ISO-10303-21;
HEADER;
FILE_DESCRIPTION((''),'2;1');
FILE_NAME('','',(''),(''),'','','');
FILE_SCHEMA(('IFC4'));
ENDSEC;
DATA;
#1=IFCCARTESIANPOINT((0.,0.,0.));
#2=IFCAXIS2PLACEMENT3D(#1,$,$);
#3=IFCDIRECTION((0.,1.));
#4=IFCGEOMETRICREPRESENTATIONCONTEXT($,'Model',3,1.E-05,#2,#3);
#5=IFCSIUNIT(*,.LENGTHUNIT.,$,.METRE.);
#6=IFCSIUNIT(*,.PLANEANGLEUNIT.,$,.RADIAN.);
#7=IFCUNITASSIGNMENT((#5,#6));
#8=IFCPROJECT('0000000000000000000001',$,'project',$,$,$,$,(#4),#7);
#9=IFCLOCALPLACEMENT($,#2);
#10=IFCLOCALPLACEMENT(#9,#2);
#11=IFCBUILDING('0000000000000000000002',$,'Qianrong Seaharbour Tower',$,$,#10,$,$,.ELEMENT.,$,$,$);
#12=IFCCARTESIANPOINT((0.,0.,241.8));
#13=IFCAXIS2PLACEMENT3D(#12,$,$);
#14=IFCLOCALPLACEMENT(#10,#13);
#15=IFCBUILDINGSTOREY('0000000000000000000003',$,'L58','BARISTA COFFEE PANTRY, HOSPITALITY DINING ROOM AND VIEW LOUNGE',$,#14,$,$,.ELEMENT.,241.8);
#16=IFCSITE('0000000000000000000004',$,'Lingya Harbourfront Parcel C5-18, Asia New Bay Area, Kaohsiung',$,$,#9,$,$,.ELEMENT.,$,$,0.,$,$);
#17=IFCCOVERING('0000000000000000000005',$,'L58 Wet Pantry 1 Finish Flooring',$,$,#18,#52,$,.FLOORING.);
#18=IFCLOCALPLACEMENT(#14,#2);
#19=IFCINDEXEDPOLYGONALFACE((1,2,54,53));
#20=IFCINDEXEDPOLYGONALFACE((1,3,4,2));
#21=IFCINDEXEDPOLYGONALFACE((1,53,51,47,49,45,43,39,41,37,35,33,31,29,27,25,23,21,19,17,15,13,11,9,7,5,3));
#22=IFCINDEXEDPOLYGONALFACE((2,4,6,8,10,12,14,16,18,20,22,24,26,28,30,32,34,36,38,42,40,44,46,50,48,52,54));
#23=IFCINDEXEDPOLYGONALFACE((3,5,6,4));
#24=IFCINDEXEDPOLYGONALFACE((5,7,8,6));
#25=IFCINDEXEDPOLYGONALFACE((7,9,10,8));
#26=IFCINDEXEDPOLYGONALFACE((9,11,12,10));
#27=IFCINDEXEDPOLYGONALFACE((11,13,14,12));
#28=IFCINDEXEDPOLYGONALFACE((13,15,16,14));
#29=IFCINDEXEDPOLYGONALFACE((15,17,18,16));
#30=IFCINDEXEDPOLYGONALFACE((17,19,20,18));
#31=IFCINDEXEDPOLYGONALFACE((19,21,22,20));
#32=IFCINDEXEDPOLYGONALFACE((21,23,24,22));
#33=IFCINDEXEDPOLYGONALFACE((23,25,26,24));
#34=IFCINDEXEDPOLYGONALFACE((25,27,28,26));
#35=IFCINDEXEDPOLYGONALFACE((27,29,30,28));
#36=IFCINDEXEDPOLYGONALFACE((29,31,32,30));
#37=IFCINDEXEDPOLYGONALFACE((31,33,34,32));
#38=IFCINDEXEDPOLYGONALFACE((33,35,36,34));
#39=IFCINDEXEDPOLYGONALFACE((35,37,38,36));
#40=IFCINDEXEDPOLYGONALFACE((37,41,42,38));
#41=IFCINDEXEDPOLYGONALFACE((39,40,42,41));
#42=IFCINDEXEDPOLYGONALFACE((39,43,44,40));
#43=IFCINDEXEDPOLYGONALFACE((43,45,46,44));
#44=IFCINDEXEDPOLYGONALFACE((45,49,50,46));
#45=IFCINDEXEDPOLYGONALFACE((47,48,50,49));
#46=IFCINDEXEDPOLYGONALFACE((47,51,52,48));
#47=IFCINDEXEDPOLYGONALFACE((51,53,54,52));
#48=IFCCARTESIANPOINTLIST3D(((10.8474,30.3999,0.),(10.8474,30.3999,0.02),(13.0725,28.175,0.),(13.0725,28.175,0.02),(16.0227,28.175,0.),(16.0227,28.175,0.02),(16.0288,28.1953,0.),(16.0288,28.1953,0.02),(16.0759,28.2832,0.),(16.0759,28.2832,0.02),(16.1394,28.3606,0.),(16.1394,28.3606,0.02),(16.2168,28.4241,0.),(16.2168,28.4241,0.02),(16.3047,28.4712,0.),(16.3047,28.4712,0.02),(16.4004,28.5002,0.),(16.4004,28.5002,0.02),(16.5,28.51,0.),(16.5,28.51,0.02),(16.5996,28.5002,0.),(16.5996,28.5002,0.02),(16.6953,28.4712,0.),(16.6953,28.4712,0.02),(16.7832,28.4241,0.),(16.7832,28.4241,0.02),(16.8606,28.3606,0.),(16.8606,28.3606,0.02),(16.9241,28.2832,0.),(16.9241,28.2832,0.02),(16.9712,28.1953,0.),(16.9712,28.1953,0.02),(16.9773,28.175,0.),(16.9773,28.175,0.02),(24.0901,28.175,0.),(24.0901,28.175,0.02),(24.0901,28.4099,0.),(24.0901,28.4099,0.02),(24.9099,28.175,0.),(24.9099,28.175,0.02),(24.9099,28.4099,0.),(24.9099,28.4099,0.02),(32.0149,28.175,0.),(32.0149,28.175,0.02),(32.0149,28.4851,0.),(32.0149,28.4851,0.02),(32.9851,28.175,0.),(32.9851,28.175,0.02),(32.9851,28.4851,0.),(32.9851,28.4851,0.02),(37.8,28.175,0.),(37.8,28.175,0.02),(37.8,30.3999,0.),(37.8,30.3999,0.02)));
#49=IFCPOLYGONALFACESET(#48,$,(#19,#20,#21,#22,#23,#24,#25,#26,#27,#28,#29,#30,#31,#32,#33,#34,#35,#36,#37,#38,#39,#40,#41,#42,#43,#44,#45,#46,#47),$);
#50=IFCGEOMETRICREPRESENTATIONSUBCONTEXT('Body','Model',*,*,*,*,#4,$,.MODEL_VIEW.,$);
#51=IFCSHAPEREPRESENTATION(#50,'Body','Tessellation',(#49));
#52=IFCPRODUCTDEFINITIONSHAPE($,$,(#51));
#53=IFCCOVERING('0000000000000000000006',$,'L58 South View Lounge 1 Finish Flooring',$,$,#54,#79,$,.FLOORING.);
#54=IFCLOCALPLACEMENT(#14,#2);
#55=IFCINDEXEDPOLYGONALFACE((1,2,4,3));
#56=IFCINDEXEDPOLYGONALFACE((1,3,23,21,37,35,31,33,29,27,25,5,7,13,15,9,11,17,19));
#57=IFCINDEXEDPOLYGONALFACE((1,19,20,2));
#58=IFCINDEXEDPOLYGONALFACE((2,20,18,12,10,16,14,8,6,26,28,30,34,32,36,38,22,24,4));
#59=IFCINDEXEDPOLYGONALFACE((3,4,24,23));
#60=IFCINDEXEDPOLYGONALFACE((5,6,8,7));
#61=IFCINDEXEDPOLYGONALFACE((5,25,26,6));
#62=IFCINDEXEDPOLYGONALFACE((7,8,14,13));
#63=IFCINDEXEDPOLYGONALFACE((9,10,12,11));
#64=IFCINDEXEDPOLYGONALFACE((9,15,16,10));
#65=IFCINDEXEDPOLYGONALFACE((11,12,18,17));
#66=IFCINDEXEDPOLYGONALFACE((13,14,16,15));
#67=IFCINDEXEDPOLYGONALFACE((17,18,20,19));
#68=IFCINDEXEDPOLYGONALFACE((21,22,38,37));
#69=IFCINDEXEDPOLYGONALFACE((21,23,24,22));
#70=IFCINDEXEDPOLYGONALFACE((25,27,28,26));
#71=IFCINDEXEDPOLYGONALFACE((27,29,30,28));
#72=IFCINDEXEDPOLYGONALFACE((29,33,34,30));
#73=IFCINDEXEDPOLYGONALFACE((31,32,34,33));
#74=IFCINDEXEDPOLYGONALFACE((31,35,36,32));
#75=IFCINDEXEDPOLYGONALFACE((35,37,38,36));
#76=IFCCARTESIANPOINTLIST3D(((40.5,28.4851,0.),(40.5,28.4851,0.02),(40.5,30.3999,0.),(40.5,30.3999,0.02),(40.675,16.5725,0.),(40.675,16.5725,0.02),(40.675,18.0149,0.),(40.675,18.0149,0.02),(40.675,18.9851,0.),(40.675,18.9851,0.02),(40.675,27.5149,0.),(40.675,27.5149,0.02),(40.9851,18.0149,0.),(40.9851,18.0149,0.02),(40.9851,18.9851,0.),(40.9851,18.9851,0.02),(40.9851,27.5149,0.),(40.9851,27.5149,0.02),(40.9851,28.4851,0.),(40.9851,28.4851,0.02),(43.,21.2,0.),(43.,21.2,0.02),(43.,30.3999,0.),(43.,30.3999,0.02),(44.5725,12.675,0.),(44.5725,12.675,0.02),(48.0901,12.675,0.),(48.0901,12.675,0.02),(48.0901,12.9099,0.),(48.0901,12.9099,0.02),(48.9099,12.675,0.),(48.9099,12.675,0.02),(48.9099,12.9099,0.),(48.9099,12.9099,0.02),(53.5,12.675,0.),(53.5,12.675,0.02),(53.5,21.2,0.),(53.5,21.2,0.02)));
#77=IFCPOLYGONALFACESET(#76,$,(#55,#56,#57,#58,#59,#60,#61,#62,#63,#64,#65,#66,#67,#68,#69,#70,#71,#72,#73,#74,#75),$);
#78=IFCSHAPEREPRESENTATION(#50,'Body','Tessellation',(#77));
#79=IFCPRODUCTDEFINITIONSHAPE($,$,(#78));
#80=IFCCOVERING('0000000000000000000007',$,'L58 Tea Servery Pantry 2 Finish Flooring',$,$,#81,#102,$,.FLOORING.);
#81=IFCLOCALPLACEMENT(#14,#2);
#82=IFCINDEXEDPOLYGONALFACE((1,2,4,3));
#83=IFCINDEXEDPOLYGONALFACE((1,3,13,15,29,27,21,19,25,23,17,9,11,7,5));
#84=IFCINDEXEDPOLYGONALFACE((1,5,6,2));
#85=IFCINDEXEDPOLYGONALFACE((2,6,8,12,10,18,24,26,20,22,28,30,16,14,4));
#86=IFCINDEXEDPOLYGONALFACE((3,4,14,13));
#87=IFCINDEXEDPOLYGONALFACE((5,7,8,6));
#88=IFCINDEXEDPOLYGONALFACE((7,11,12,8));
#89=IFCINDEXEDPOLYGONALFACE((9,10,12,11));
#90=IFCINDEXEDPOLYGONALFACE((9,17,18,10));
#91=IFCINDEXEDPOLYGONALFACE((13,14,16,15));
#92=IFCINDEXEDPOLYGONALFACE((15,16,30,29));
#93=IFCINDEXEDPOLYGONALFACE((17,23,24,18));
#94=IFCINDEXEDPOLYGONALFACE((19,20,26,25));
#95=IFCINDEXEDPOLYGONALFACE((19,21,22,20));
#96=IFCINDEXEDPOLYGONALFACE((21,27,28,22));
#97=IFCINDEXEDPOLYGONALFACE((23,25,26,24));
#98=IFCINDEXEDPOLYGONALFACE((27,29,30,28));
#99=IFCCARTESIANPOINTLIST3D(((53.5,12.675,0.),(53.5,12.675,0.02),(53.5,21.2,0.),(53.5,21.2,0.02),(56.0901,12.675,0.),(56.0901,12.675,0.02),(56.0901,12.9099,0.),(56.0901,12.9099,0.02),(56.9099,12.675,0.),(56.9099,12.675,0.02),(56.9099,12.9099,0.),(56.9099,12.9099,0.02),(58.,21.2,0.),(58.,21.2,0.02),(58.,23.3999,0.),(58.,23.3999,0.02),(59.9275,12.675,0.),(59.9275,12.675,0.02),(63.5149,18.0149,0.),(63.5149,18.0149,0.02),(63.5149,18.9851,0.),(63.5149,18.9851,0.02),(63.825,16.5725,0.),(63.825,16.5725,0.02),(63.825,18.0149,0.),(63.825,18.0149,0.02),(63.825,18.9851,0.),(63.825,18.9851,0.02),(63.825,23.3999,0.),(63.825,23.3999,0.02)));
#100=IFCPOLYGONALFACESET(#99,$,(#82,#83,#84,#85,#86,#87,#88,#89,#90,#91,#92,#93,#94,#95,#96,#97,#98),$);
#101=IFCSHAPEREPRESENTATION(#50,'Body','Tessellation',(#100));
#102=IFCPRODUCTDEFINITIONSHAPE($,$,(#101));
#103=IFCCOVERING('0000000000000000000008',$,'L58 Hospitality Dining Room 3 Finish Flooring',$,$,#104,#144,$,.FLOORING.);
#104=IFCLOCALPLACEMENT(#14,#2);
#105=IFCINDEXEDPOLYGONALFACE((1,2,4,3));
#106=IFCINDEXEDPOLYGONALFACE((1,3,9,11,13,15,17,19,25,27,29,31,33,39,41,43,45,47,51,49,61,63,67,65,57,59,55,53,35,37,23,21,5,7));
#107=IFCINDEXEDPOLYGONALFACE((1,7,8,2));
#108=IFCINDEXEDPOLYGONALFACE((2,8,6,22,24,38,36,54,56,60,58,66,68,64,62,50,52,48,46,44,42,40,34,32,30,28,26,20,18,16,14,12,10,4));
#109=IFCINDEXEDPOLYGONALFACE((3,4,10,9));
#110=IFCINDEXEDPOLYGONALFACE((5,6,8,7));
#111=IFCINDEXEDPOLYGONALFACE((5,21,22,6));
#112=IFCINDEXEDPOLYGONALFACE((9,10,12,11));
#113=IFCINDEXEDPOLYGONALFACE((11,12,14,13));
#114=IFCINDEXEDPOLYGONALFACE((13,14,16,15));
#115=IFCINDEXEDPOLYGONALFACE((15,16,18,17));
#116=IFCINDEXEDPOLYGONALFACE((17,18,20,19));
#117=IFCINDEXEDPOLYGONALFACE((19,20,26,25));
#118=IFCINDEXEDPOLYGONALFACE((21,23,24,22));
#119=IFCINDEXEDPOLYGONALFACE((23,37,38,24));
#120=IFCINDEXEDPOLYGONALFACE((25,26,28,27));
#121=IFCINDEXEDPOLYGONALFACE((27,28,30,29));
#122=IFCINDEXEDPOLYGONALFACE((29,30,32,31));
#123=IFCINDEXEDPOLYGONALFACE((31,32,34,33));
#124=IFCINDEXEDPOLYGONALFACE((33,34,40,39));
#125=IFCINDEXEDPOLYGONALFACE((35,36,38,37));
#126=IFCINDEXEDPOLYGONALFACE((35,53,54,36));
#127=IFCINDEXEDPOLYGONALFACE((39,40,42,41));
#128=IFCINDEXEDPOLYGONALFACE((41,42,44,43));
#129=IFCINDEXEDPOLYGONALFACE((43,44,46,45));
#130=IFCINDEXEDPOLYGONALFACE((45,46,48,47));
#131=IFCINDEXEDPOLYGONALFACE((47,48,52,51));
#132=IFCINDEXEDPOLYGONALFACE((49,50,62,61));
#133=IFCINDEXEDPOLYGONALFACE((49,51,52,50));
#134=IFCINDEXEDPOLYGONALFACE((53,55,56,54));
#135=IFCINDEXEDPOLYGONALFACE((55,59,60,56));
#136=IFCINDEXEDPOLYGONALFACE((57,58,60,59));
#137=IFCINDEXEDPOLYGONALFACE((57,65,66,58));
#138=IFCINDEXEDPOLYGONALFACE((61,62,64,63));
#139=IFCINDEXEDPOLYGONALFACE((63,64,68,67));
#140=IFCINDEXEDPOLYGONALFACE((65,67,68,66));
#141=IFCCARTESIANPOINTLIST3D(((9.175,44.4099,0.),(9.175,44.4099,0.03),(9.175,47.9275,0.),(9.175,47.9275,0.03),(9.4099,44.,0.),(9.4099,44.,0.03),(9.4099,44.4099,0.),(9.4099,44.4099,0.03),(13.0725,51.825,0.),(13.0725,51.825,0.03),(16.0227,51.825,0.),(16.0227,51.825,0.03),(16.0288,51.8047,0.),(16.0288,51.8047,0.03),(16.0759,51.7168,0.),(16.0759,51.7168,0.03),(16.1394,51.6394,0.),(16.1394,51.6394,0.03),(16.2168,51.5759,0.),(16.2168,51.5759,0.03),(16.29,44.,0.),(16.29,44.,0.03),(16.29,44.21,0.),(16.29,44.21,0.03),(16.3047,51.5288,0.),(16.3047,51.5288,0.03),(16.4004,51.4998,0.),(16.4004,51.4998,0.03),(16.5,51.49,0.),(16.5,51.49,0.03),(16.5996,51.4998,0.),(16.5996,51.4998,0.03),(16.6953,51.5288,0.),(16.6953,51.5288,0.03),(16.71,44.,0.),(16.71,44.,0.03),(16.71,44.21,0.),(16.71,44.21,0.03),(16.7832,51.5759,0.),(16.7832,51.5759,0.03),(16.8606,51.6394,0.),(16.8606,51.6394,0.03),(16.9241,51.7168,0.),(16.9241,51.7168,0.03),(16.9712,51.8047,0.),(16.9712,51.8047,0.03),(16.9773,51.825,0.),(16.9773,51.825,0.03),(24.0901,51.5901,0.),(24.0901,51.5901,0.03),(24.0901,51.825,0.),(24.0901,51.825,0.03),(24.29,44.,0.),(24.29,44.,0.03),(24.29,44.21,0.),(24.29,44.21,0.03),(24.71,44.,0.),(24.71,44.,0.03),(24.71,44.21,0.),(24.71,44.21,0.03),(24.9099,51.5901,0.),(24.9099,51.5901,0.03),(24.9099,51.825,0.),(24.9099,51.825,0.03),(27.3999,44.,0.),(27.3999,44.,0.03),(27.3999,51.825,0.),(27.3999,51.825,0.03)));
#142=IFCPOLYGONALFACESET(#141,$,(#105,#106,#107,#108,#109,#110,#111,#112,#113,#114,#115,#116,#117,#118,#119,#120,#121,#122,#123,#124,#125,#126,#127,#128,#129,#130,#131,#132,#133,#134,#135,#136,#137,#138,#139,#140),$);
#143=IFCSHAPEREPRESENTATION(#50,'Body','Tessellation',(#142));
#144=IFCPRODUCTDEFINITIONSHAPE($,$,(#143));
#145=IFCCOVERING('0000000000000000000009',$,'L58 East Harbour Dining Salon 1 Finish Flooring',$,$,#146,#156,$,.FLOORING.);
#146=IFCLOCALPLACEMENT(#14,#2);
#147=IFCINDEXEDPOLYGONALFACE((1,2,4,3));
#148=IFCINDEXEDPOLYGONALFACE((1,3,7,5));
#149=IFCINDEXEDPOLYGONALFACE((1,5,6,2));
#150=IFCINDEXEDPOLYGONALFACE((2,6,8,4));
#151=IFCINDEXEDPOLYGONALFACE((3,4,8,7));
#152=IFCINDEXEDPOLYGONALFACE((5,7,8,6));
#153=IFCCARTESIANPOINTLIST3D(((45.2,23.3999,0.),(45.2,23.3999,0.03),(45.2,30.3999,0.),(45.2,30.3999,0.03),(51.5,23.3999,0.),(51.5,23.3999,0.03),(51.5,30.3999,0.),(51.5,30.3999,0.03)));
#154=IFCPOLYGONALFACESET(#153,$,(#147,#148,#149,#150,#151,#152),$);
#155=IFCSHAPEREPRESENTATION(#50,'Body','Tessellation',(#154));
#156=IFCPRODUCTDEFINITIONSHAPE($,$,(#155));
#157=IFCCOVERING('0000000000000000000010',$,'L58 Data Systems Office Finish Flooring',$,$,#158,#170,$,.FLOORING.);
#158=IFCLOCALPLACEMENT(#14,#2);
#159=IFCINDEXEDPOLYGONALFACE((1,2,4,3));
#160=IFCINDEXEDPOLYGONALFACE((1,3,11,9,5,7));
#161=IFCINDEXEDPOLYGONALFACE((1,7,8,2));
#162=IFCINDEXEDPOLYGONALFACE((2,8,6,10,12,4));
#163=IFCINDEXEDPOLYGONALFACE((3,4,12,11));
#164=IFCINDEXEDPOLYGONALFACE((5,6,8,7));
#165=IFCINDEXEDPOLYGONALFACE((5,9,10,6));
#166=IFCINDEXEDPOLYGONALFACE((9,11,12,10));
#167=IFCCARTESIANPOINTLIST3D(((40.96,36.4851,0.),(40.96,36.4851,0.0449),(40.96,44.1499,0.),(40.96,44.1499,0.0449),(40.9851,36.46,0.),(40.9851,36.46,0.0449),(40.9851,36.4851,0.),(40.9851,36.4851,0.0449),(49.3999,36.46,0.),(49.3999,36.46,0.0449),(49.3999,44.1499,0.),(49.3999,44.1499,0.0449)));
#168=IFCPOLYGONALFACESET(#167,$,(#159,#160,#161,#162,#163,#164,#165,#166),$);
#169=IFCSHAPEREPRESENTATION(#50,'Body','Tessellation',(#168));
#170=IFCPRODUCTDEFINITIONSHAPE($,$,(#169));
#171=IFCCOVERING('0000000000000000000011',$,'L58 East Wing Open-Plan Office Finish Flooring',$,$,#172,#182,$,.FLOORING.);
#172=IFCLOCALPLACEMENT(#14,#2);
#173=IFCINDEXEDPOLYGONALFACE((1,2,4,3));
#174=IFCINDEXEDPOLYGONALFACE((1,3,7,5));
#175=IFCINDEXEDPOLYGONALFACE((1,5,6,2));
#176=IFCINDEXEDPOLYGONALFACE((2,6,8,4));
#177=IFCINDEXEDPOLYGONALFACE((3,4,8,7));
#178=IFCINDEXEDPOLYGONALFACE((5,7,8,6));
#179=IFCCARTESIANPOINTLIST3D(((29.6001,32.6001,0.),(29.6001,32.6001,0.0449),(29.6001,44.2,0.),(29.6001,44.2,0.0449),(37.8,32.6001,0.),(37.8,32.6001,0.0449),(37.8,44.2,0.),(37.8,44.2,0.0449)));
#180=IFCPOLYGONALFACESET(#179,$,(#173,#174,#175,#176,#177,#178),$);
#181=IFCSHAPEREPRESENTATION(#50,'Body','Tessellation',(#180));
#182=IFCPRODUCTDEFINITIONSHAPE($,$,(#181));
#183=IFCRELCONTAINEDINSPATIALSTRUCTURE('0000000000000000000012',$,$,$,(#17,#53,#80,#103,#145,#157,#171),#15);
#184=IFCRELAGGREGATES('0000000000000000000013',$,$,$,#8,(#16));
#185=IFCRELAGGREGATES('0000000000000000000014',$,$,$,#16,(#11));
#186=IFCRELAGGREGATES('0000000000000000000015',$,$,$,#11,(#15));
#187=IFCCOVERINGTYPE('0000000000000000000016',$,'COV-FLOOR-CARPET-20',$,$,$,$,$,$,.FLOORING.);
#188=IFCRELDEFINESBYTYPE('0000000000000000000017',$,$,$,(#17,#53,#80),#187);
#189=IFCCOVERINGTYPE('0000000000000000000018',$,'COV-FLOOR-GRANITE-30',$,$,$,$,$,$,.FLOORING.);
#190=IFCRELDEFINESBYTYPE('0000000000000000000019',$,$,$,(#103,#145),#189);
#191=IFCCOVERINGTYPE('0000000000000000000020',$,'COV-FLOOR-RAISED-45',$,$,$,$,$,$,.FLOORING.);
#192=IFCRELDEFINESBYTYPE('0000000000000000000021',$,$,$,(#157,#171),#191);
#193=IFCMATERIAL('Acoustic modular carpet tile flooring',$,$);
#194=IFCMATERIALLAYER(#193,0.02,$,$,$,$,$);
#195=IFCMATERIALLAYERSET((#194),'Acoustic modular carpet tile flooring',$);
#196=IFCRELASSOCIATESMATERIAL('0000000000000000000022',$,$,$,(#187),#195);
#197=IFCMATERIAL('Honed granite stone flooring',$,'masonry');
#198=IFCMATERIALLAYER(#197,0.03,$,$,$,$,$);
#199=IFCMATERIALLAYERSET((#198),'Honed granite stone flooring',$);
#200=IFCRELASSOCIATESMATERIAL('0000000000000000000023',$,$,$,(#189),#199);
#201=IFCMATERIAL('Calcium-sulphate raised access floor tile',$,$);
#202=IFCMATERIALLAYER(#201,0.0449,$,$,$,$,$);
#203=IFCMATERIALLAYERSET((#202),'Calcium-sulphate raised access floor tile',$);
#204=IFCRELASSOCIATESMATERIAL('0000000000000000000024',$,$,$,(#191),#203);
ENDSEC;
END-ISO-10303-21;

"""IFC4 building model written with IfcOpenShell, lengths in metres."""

from ifc_helpers import new_model, si_unit, direction, frame, origin, place, context, subcontext, project, spatial, polyline, outline, extrude, material, layer, layer_set, type_object, element, save


model = new_model("IFC4")

# Units and contexts
model_context = context("Model", 3, precision=1e-05, world=origin(), true_north=direction((0.0, 1.0)))
body_context = subcontext(model_context, "Body", "Model", "MODEL_VIEW")
ifc_project = project(units=[si_unit("LENGTHUNIT", "METRE"), si_unit("PLANEANGLEUNIT", "RADIAN")], contexts=[model_context])

# Site, building, storey
site_placement = place(None, origin())
site = spatial("IfcSite", under=ifc_project, at=site_placement, Name="Lingya Harbourfront Parcel C5-18, Asia New Bay Area, Kaohsiung", CompositionType="ELEMENT", RefElevation=0.0)
building_placement = place(site_placement, origin())
building = spatial("IfcBuilding", under=site, at=building_placement, Name="Qianrong Seaharbour Tower", CompositionType="ELEMENT")
storey_placement = place(building_placement, frame((0.0, 0.0, 241.8)))
storey = spatial("IfcBuildingStorey", under=building, at=storey_placement, Name="L58", Description="BARISTA COFFEE PANTRY, HOSPITALITY DINING ROOM AND VIEW LOUNGE", CompositionType="ELEMENT", Elevation=241.8)

# Coverings
ifc_material_1 = material(Name="Acoustic modular carpet tile flooring")
ifc_layer_1 = layer(ifc_material_1, 0.02)
ifc_layer_set_1 = layer_set([ifc_layer_1], Name="Acoustic modular carpet tile flooring")
covering_type_1 = type_object("IfcCoveringType", Name="COV-FLOOR-CARPET-20", PredefinedType="FLOORING", material=ifc_layer_set_1)
covering_1_placement = place(storey_placement, origin())
element("IfcCovering", 1, at=covering_1_placement, inside=storey, type_object=covering_type_1, Name="L58 Wet Pantry 1 Finish Flooring", PredefinedType="FLOORING", context=body_context, shape_type="SweptSolid", body=[
    extrude(outline(polyline([(32.9851, 28.175), (32.9851, 28.4851), (32.0149, 28.4851), (32.0149, 28.175), (24.9099, 28.175), (24.9099, 28.4099), (24.0901, 28.4099), (24.0901, 28.175), (16.9773, 28.175), (16.9712, 28.1953), (16.9241, 28.2832), (16.8606, 28.3606), (16.7832, 28.4241), (16.6953, 28.4712), (16.5996, 28.5002), (16.5, 28.51), (16.4004, 28.5002), (16.3047, 28.4712), (16.2168, 28.4241), (16.1394, 28.3606), (16.0759, 28.2832), (16.0288, 28.1953), (16.0227, 28.175), (13.0725, 28.175), (10.8474, 30.3999), (37.8, 30.3999), (37.8, 28.175), (32.9851, 28.175)])), origin(), (0.0, 0.0, 1.0), 0.02),
])
covering_2_placement = place(storey_placement, origin())
element("IfcCovering", 2, at=covering_2_placement, inside=storey, type_object=covering_type_1, Name="L58 South View Lounge 1 Finish Flooring", PredefinedType="FLOORING", context=body_context, shape_type="SweptSolid", body=[
    extrude(outline(polyline([(43.0, 21.2), (53.5, 21.2), (53.5, 12.675), (48.9099, 12.675), (48.9099, 12.9099), (48.0901, 12.9099), (48.0901, 12.675), (44.5725, 12.675), (40.675, 16.5725), (40.675, 18.0149), (40.9851, 18.0149), (40.9851, 18.9851), (40.675, 18.9851), (40.675, 27.5149), (40.9851, 27.5149), (40.9851, 28.4851), (40.5, 28.4851), (40.5, 30.3999), (43.0, 30.3999), (43.0, 21.2)])), origin(), (0.0, 0.0, 1.0), 0.02),
])
covering_3_placement = place(storey_placement, origin())
element("IfcCovering", 3, at=covering_3_placement, inside=storey, type_object=covering_type_1, Name="L58 Tea Servery Pantry 2 Finish Flooring", PredefinedType="FLOORING", context=body_context, shape_type="SweptSolid", body=[
    extrude(outline(polyline([(59.9275, 12.675), (56.9099, 12.675), (56.9099, 12.9099), (56.0901, 12.9099), (56.0901, 12.675), (53.5, 12.675), (53.5, 21.2), (58.0, 21.2), (58.0, 23.3999), (63.825, 23.3999), (63.825, 18.9851), (63.5149, 18.9851), (63.5149, 18.0149), (63.825, 18.0149), (63.825, 16.5725), (59.9275, 12.675)])), origin(), (0.0, 0.0, 1.0), 0.02),
])
ifc_material_2 = material(Name="Honed granite stone flooring", Category="masonry")
ifc_layer_2 = layer(ifc_material_2, 0.03)
ifc_layer_set_2 = layer_set([ifc_layer_2], Name="Honed granite stone flooring")
covering_type_2 = type_object("IfcCoveringType", Name="COV-FLOOR-GRANITE-30", PredefinedType="FLOORING", material=ifc_layer_set_2)
covering_4_placement = place(storey_placement, origin())
element("IfcCovering", 4, at=covering_4_placement, inside=storey, type_object=covering_type_2, Name="L58 Hospitality Dining Room 3 Finish Flooring", PredefinedType="FLOORING", context=body_context, shape_type="SweptSolid", body=[
    extrude(outline(polyline([(9.175, 47.9275), (13.0725, 51.825), (16.0227, 51.825), (16.0288, 51.8047), (16.0759, 51.7168), (16.1394, 51.6394), (16.2168, 51.5759), (16.3047, 51.5288), (16.4004, 51.4998), (16.5, 51.49), (16.5996, 51.4998), (16.6953, 51.5288), (16.7832, 51.5759), (16.8606, 51.6394), (16.9241, 51.7168), (16.9712, 51.8047), (16.9773, 51.825), (24.0901, 51.825), (24.0901, 51.5901), (24.9099, 51.5901), (24.9099, 51.825), (27.3999, 51.825), (27.3999, 44.0), (24.71, 44.0), (24.71, 44.21), (24.29, 44.21), (24.29, 44.0), (16.71, 44.0), (16.71, 44.21), (16.29, 44.21), (16.29, 44.0), (9.4099, 44.0), (9.4099, 44.4099), (9.175, 44.4099), (9.175, 47.9275)])), origin(), (0.0, 0.0, 1.0), 0.03),
])
covering_5_placement = place(storey_placement, origin())
element("IfcCovering", 5, at=covering_5_placement, inside=storey, type_object=covering_type_2, Name="L58 East Harbour Dining Salon 1 Finish Flooring", PredefinedType="FLOORING", context=body_context, shape_type="SweptSolid", body=[
    extrude(outline(polyline([(51.5, 30.3999), (51.5, 23.3999), (45.2, 23.3999), (45.2, 30.3999), (51.5, 30.3999)])), origin(), (0.0, 0.0, 1.0), 0.03),
])
ifc_material_3 = material(Name="Calcium-sulphate raised access floor tile")
ifc_layer_3 = layer(ifc_material_3, 0.0449)
ifc_layer_set_3 = layer_set([ifc_layer_3], Name="Calcium-sulphate raised access floor tile")
covering_type_3 = type_object("IfcCoveringType", Name="COV-FLOOR-RAISED-45", PredefinedType="FLOORING", material=ifc_layer_set_3)
covering_6_placement = place(storey_placement, origin())
element("IfcCovering", 6, at=covering_6_placement, inside=storey, type_object=covering_type_3, Name="L58 Data Systems Office Finish Flooring", PredefinedType="FLOORING", context=body_context, shape_type="SweptSolid", body=[
    extrude(outline(polyline([(49.3999, 44.1499), (49.3999, 36.46), (40.9851, 36.46), (40.9851, 36.4851), (40.96, 36.4851), (40.96, 44.1499), (49.3999, 44.1499)])), origin(), (0.0, 0.0, 1.0), 0.0449),
])
covering_7_placement = place(storey_placement, origin())
element("IfcCovering", 7, at=covering_7_placement, inside=storey, type_object=covering_type_3, Name="L58 East Wing Open-Plan Office Finish Flooring", PredefinedType="FLOORING", context=body_context, shape_type="SweptSolid", body=[
    extrude(outline(polyline([(29.6001, 44.2), (37.8, 44.2), (37.8, 32.6001), (29.6001, 32.6001), (29.6001, 44.2)])), origin(), (0.0, 0.0, 1.0), 0.0449),
])

save(model, "model.ifc")
